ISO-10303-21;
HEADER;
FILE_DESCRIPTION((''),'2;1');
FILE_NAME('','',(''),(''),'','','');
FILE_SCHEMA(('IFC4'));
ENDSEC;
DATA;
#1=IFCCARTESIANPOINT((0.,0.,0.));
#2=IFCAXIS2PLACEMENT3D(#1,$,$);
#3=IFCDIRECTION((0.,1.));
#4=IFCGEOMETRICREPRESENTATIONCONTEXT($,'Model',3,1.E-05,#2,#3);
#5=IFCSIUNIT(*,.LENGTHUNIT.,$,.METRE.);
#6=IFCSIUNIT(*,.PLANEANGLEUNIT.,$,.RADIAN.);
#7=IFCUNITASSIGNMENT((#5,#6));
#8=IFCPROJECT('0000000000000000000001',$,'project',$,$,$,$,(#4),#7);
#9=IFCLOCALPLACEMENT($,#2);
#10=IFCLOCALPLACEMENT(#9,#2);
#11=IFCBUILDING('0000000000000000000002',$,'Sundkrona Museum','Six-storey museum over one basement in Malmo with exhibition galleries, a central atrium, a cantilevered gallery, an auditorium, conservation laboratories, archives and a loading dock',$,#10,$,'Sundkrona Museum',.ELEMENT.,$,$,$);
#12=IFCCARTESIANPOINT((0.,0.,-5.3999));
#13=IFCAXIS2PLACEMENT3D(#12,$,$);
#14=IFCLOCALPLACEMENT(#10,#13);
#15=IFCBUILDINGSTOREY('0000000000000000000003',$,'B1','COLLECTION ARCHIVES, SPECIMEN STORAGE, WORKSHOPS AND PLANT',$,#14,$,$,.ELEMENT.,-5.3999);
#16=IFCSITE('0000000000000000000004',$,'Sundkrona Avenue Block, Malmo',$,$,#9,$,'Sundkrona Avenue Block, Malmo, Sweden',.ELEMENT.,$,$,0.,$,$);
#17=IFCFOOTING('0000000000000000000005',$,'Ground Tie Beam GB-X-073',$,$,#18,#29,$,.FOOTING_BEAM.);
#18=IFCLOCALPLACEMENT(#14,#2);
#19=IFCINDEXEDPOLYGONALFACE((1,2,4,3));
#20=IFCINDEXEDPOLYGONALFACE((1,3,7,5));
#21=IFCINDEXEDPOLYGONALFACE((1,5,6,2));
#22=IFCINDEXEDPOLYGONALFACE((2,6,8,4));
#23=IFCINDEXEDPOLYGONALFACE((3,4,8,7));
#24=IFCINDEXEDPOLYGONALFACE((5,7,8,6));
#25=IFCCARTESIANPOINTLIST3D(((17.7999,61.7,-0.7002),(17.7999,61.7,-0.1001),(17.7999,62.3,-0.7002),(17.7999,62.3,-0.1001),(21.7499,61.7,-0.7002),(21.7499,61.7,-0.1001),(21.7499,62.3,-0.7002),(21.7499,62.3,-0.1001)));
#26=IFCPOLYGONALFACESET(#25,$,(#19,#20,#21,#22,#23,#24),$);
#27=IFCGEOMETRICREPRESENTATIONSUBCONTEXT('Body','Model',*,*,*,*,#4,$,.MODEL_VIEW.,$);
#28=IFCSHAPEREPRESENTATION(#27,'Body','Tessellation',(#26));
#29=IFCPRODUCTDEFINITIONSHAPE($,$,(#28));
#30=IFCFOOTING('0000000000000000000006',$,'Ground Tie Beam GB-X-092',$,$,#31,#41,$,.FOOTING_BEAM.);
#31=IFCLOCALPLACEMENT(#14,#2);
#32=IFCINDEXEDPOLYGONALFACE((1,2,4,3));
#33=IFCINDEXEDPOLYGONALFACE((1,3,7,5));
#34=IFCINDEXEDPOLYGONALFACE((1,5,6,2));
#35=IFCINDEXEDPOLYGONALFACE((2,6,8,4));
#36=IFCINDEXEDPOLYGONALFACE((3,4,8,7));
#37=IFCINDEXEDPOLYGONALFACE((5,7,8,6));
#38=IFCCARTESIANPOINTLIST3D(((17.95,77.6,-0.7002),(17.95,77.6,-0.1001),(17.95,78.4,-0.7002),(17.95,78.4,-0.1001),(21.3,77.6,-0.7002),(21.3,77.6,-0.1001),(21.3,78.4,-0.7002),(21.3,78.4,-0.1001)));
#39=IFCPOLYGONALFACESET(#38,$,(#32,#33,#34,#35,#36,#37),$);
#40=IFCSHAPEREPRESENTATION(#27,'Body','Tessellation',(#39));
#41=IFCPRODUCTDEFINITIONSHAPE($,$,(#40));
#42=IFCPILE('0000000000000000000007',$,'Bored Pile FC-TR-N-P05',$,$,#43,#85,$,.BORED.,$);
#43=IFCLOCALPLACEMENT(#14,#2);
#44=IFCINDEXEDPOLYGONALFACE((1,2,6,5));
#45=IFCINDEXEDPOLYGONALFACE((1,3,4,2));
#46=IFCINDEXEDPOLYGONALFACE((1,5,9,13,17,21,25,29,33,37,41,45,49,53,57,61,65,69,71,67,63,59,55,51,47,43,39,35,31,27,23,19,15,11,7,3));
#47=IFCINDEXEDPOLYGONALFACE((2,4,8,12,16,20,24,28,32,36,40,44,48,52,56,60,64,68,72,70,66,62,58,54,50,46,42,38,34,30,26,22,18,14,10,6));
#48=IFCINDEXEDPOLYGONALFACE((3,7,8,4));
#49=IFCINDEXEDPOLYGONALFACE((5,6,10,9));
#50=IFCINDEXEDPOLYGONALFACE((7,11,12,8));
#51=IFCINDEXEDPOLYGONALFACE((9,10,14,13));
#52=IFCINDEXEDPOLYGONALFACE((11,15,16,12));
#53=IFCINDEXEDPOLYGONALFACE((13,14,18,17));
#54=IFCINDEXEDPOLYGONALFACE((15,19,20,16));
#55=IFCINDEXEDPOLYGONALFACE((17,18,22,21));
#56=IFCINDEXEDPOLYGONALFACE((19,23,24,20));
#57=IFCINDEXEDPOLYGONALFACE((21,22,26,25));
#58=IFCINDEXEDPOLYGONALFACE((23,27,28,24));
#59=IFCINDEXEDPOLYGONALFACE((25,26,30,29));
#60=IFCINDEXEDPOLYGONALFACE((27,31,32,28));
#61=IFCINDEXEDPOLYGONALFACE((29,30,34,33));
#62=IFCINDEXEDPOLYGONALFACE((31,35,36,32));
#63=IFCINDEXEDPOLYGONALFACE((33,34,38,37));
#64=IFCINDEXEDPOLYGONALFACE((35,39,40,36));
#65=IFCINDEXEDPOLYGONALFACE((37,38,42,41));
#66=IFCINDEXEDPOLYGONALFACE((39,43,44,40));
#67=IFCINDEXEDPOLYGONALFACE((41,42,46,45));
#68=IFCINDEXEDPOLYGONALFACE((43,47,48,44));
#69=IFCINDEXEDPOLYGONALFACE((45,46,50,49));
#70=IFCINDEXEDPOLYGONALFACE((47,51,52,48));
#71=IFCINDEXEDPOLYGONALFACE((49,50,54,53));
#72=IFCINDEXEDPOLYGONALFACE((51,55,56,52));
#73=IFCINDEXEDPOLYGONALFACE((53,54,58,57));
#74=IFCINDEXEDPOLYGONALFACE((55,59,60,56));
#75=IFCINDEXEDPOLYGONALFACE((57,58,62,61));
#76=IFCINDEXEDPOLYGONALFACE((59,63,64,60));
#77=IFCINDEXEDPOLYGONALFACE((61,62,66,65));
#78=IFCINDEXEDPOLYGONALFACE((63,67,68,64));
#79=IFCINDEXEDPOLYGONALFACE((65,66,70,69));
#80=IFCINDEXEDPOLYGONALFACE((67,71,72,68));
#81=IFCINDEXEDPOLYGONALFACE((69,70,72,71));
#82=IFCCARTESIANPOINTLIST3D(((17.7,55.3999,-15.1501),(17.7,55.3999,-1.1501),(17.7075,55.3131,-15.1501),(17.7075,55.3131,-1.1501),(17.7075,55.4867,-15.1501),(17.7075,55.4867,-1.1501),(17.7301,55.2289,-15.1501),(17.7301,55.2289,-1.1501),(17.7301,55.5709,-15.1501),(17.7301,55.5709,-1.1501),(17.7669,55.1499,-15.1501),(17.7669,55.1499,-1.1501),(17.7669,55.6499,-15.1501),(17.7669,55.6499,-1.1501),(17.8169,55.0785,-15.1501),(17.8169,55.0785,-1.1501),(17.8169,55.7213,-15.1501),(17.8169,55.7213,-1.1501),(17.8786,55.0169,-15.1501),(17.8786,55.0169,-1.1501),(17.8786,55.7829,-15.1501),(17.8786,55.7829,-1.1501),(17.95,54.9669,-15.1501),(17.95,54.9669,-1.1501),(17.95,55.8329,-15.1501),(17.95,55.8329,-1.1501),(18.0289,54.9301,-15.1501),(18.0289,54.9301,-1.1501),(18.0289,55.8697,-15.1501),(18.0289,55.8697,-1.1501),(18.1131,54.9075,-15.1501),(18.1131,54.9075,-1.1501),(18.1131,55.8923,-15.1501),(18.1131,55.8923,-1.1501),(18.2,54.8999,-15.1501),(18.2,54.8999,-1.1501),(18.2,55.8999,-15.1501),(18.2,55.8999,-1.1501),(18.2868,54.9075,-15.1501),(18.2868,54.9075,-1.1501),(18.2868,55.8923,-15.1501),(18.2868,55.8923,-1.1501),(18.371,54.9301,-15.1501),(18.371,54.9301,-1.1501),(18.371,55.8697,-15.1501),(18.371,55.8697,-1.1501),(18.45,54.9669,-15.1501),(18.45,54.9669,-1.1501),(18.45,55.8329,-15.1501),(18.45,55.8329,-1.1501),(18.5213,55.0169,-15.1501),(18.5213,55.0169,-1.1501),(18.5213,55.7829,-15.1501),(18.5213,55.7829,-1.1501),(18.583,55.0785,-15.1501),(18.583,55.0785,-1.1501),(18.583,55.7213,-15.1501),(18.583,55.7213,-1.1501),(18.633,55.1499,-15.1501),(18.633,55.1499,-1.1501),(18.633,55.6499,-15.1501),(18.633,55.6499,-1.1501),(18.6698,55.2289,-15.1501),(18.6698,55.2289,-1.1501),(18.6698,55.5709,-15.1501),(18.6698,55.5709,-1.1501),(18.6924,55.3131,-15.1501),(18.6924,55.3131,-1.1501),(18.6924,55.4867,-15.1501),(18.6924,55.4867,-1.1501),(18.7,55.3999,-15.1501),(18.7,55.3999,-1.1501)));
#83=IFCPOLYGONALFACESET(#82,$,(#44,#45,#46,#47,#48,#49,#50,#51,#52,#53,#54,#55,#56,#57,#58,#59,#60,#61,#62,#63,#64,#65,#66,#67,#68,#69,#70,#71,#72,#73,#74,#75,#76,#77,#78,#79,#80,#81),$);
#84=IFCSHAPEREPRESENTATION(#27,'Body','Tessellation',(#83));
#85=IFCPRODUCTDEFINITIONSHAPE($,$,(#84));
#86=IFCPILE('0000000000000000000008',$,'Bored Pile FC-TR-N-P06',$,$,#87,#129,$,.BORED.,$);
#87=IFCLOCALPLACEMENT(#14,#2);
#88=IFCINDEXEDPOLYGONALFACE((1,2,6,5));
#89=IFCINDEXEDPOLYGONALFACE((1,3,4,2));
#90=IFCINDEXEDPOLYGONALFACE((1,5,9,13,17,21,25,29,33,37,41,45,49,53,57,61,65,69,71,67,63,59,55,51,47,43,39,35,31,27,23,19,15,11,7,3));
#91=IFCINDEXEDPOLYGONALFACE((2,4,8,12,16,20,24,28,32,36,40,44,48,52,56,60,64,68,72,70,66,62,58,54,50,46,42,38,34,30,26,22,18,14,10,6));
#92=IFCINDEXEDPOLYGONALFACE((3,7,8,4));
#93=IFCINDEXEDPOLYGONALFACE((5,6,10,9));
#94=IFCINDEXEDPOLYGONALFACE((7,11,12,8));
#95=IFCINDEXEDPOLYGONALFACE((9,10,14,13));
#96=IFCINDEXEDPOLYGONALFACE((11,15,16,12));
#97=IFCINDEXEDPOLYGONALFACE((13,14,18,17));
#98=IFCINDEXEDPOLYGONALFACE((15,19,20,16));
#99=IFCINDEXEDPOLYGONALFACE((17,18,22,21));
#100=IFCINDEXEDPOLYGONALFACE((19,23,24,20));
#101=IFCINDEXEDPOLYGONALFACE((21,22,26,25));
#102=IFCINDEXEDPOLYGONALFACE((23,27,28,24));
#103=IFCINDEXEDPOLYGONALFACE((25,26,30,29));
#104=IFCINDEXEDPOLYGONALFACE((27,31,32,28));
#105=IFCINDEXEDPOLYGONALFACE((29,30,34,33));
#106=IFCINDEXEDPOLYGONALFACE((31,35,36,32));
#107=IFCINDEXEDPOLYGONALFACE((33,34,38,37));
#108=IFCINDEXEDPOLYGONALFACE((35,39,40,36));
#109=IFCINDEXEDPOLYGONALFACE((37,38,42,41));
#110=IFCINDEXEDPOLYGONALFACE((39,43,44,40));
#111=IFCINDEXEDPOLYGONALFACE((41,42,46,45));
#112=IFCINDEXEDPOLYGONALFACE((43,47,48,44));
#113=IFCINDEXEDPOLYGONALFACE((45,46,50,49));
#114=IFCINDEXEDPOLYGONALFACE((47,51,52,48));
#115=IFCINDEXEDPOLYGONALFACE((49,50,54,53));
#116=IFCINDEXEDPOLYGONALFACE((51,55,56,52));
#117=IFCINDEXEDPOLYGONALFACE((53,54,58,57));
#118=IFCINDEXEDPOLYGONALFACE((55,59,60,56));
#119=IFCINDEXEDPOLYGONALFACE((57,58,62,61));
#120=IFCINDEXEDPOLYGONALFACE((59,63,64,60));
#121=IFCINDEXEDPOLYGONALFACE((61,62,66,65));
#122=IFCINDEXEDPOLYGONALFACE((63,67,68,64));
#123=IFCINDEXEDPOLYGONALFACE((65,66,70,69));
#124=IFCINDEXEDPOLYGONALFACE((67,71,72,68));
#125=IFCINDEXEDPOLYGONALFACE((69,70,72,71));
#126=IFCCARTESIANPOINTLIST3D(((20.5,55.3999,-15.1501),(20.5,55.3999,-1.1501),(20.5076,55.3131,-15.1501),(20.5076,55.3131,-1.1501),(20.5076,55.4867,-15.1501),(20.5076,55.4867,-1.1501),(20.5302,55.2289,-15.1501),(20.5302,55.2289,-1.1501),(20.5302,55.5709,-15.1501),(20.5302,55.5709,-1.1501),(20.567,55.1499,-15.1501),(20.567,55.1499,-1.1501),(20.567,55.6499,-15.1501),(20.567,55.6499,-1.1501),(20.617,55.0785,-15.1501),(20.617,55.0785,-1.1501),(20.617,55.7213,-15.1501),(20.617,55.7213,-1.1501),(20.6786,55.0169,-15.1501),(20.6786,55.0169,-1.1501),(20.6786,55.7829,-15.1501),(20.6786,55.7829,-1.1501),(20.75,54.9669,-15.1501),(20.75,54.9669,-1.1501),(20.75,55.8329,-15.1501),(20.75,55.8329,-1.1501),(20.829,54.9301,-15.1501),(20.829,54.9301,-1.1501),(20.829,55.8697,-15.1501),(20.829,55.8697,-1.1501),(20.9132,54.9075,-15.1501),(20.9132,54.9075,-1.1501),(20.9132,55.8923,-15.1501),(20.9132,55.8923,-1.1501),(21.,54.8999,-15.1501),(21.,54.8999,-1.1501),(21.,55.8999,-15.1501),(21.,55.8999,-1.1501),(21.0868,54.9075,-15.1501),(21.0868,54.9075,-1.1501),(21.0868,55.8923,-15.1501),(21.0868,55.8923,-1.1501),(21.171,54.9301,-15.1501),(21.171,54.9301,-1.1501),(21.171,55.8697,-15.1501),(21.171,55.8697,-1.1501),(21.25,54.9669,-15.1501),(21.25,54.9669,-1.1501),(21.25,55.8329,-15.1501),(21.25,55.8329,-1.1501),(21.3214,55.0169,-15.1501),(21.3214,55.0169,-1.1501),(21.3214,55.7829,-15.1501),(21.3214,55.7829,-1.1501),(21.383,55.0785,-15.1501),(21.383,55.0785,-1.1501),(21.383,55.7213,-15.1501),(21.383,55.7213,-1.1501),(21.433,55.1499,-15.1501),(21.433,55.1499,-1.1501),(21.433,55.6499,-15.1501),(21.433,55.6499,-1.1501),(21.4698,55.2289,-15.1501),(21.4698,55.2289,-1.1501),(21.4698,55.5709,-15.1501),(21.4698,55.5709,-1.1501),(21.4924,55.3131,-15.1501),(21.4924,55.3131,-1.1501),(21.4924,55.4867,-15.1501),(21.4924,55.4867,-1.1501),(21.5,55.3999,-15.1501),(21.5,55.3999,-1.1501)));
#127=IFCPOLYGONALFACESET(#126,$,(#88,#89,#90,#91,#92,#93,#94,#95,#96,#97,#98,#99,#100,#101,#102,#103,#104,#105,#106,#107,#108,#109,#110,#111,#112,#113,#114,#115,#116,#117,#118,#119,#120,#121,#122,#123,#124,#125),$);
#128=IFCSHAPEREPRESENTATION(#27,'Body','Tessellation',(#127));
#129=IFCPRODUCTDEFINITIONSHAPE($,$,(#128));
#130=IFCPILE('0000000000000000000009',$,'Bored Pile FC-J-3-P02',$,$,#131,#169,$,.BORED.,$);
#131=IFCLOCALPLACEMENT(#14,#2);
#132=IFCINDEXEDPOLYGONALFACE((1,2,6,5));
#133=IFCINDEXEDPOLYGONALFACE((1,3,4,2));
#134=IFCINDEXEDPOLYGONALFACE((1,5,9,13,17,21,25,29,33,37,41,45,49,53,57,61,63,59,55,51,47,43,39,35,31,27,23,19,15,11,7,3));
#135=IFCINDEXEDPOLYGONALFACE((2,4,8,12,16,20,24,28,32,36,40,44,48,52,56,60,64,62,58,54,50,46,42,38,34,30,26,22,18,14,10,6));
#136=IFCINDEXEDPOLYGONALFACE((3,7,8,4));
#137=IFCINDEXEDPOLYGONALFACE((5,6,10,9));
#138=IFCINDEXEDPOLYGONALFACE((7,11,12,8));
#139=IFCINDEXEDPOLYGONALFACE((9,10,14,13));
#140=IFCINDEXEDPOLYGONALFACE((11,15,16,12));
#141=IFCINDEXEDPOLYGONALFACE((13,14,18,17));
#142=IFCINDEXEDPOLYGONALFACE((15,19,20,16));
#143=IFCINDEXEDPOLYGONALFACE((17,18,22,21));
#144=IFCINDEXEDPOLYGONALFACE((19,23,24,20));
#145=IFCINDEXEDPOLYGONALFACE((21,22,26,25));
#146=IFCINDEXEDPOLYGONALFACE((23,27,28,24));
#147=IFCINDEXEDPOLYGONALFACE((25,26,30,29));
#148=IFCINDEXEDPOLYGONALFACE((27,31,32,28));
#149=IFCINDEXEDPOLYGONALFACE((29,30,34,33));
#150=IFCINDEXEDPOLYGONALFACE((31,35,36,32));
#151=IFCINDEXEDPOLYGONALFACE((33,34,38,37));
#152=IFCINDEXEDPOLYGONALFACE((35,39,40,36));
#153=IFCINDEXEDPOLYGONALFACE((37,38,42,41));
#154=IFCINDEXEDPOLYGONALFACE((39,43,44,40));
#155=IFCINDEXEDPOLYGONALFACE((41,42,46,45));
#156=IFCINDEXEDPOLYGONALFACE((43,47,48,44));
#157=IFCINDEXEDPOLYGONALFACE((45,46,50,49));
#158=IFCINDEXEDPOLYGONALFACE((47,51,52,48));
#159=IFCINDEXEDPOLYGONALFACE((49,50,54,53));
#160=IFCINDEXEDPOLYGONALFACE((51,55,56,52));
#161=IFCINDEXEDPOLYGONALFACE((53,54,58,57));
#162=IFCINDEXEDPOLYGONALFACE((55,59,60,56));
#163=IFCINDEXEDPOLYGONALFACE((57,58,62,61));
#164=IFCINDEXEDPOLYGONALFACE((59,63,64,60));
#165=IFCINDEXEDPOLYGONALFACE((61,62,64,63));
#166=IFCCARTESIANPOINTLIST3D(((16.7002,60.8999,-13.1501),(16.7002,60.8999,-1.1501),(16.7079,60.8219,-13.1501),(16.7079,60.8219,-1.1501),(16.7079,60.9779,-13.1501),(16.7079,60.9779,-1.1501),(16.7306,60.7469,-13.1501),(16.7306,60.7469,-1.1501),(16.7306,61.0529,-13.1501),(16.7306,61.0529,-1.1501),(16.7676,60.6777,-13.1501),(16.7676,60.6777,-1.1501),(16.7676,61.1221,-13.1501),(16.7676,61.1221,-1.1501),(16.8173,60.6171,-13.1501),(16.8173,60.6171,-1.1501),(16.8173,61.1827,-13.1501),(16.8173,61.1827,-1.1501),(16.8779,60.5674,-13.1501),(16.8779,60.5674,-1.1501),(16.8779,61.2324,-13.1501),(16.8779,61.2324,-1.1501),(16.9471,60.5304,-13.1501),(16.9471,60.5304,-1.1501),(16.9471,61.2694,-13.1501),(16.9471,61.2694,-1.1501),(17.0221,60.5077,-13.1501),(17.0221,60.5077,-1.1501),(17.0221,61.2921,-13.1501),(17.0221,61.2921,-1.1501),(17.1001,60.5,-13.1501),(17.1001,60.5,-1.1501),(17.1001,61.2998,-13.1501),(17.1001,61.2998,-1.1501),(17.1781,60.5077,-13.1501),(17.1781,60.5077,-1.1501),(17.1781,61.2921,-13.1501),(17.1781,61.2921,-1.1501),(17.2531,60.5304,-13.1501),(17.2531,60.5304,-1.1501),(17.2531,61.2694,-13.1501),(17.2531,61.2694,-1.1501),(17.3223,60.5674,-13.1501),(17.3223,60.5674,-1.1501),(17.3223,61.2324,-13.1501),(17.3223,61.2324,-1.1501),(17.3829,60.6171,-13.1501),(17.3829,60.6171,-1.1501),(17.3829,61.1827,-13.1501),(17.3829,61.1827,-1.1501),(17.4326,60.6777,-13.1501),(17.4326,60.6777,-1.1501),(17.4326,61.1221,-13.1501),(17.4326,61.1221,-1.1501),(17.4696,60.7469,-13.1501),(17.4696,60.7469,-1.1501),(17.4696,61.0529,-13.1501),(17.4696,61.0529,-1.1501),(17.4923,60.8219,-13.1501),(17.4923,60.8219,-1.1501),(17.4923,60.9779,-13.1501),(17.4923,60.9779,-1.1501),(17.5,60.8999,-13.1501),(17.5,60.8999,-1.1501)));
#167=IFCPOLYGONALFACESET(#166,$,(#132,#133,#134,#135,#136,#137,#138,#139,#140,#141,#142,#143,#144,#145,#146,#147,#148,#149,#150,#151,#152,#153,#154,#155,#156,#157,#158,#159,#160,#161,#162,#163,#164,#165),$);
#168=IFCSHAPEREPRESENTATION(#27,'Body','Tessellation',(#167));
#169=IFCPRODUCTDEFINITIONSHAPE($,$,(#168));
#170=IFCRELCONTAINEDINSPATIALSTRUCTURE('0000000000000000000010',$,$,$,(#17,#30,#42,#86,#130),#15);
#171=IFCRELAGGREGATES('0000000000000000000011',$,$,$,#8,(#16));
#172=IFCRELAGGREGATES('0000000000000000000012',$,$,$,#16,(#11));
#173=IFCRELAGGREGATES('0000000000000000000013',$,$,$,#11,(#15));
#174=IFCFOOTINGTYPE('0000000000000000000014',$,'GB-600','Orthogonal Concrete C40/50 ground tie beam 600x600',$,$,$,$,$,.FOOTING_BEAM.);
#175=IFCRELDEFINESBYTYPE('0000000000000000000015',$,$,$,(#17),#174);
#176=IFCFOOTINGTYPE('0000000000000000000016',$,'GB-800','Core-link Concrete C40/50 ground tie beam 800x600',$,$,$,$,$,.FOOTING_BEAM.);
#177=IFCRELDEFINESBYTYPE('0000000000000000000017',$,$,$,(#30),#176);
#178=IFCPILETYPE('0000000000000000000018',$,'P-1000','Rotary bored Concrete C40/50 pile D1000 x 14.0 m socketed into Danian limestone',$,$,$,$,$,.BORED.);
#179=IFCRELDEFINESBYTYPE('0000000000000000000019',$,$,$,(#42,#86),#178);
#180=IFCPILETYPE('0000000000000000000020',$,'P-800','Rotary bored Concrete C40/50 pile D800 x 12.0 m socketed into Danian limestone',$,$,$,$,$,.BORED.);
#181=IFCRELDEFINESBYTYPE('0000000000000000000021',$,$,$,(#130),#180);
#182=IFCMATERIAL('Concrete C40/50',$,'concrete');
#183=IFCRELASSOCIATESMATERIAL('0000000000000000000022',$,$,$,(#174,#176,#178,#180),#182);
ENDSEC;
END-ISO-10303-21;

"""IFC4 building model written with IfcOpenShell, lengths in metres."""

from ifc_helpers import new_model, si_unit, direction, frame, origin, origin_2d, place, context, subcontext, project, spatial, rectangle, circle, extrude, material, material_profile, profile_set, type_object, element, save


model = new_model("IFC4")

# Units and contexts
model_context = context("Model", 3, precision=1e-05, world=origin(), true_north=direction((0.0, 1.0)))
body_context = subcontext(model_context, "Body", "Model", "MODEL_VIEW")
ifc_project = project(units=[si_unit("LENGTHUNIT", "METRE"), si_unit("PLANEANGLEUNIT", "RADIAN")], contexts=[model_context])

# Site, building, storey
site_placement = place(None, origin())
site = spatial("IfcSite", under=ifc_project, at=site_placement, Name="Sundkrona Avenue Block, Malmo", LongName="Sundkrona Avenue Block, Malmo, Sweden", CompositionType="ELEMENT", RefElevation=0.0)
building_placement = place(site_placement, origin())
building = spatial("IfcBuilding", under=site, at=building_placement, Name="Sundkrona Museum", Description="Six-storey museum over one basement in Malmo with exhibition galleries, a central atrium, a cantilevered gallery, an auditorium, conservation laboratories, archives and a loading dock", LongName="Sundkrona Museum", CompositionType="ELEMENT")
storey_placement = place(building_placement, frame((0.0, 0.0, -5.3999)))
storey = spatial("IfcBuildingStorey", under=building, at=storey_placement, Name="B1", Description="COLLECTION ARCHIVES, SPECIMEN STORAGE, WORKSHOPS AND PLANT", CompositionType="ELEMENT", Elevation=-5.3999)

# Footings
ifc_material_1 = material(Name="Concrete C40/50", Category="concrete")
footing_type_1 = type_object("IfcFootingType", Name="GB-600", Description="Orthogonal Concrete C40/50 ground tie beam 600x600", PredefinedType="FOOTING_BEAM", material=ifc_material_1)
footing_1_placement = place(storey_placement, frame((19.7749, 62.0, -0.7002), z_axis=(0.0, 0.0, 1.0), x_axis=(1.0, 0.0, 0.0)))
element("IfcFooting", 1, at=footing_1_placement, inside=storey, type_object=footing_type_1, Name="Ground Tie Beam GB-X-073", PredefinedType="FOOTING_BEAM", context=body_context, shape_type="SweptSolid", body=[
    extrude(rectangle(XDim=3.95, YDim=0.6001, at=origin_2d()), origin(), (0.0, 0.0, 1.0), 0.6001),
])
footing_type_2 = type_object("IfcFootingType", Name="GB-800", Description="Core-link Concrete C40/50 ground tie beam 800x600", PredefinedType="FOOTING_BEAM", material=ifc_material_1)
footing_2_placement = place(storey_placement, frame((19.625, 78.0, -0.7002), z_axis=(0.0, 0.0, 1.0), x_axis=(1.0, 0.0, 0.0)))
element("IfcFooting", 2, at=footing_2_placement, inside=storey, type_object=footing_type_2, Name="Ground Tie Beam GB-X-092", PredefinedType="FOOTING_BEAM", context=body_context, shape_type="SweptSolid", body=[
    extrude(rectangle(XDim=3.3501, YDim=0.8, at=origin_2d()), origin(), (0.0, 0.0, 1.0), 0.6001),
])

# Piles
ifc_material_profile_1 = material_profile(ifc_material_1, circle(Radius=0.5, at=origin_2d()), Name="PILE D1000")
ifc_profile_set_1 = profile_set([ifc_material_profile_1], Name="Concrete C40/50")
pile_type_1 = type_object("IfcPileType", Name="P-1000", Description="Rotary bored Concrete C40/50 pile D1000 x 14.0 m socketed into Danian limestone", PredefinedType="BORED", material=ifc_profile_set_1)
for number, where, z_axis, x_axis, name in (
    (3, (18.2, 55.3999, -1.1501), (0.0, 0.0, -1.0), (1.0, 0.0, 0.0), "Bored Pile FC-TR-N-P05"),
    (4, (21.0, 55.3999, -1.1501), (0.0, 0.0, -1.0), (1.0, 0.0, 0.0), "Bored Pile FC-TR-N-P06"),
):
    element("IfcPile", number, at=place(storey_placement, frame(where, z_axis=z_axis, x_axis=x_axis)), inside=storey, type_object=pile_type_1, Name=name, PredefinedType="BORED", context=body_context, shape_type="SweptSolid", body=[
        extrude(circle(Radius=0.5, at=origin_2d()), origin(), (0.0, 0.0, 1.0), 14.0),
    ])
ifc_material_profile_2 = material_profile(ifc_material_1, circle(Radius=0.3999, at=origin_2d()), Name="PILE D800")
ifc_profile_set_2 = profile_set([ifc_material_profile_2], Name="Concrete C40/50")
pile_type_2 = type_object("IfcPileType", Name="P-800", Description="Rotary bored Concrete C40/50 pile D800 x 12.0 m socketed into Danian limestone", PredefinedType="BORED", material=ifc_profile_set_2)
for number, where, z_axis, x_axis, name in (
    (5, (17.1001, 60.8999, -1.1501), (0.0, 0.0, -1.0), (1.0, 0.0, 0.0), "Bored Pile FC-J-3-P02"),
):
    element("IfcPile", number, at=place(storey_placement, frame(where, z_axis=z_axis, x_axis=x_axis)), inside=storey, type_object=pile_type_2, Name=name, PredefinedType="BORED", context=body_context, shape_type="SweptSolid", body=[
        extrude(circle(Radius=0.3999, at=origin_2d()), origin(), (0.0, 0.0, 1.0), 12.0),
    ])

save(model, "model.ifc")
